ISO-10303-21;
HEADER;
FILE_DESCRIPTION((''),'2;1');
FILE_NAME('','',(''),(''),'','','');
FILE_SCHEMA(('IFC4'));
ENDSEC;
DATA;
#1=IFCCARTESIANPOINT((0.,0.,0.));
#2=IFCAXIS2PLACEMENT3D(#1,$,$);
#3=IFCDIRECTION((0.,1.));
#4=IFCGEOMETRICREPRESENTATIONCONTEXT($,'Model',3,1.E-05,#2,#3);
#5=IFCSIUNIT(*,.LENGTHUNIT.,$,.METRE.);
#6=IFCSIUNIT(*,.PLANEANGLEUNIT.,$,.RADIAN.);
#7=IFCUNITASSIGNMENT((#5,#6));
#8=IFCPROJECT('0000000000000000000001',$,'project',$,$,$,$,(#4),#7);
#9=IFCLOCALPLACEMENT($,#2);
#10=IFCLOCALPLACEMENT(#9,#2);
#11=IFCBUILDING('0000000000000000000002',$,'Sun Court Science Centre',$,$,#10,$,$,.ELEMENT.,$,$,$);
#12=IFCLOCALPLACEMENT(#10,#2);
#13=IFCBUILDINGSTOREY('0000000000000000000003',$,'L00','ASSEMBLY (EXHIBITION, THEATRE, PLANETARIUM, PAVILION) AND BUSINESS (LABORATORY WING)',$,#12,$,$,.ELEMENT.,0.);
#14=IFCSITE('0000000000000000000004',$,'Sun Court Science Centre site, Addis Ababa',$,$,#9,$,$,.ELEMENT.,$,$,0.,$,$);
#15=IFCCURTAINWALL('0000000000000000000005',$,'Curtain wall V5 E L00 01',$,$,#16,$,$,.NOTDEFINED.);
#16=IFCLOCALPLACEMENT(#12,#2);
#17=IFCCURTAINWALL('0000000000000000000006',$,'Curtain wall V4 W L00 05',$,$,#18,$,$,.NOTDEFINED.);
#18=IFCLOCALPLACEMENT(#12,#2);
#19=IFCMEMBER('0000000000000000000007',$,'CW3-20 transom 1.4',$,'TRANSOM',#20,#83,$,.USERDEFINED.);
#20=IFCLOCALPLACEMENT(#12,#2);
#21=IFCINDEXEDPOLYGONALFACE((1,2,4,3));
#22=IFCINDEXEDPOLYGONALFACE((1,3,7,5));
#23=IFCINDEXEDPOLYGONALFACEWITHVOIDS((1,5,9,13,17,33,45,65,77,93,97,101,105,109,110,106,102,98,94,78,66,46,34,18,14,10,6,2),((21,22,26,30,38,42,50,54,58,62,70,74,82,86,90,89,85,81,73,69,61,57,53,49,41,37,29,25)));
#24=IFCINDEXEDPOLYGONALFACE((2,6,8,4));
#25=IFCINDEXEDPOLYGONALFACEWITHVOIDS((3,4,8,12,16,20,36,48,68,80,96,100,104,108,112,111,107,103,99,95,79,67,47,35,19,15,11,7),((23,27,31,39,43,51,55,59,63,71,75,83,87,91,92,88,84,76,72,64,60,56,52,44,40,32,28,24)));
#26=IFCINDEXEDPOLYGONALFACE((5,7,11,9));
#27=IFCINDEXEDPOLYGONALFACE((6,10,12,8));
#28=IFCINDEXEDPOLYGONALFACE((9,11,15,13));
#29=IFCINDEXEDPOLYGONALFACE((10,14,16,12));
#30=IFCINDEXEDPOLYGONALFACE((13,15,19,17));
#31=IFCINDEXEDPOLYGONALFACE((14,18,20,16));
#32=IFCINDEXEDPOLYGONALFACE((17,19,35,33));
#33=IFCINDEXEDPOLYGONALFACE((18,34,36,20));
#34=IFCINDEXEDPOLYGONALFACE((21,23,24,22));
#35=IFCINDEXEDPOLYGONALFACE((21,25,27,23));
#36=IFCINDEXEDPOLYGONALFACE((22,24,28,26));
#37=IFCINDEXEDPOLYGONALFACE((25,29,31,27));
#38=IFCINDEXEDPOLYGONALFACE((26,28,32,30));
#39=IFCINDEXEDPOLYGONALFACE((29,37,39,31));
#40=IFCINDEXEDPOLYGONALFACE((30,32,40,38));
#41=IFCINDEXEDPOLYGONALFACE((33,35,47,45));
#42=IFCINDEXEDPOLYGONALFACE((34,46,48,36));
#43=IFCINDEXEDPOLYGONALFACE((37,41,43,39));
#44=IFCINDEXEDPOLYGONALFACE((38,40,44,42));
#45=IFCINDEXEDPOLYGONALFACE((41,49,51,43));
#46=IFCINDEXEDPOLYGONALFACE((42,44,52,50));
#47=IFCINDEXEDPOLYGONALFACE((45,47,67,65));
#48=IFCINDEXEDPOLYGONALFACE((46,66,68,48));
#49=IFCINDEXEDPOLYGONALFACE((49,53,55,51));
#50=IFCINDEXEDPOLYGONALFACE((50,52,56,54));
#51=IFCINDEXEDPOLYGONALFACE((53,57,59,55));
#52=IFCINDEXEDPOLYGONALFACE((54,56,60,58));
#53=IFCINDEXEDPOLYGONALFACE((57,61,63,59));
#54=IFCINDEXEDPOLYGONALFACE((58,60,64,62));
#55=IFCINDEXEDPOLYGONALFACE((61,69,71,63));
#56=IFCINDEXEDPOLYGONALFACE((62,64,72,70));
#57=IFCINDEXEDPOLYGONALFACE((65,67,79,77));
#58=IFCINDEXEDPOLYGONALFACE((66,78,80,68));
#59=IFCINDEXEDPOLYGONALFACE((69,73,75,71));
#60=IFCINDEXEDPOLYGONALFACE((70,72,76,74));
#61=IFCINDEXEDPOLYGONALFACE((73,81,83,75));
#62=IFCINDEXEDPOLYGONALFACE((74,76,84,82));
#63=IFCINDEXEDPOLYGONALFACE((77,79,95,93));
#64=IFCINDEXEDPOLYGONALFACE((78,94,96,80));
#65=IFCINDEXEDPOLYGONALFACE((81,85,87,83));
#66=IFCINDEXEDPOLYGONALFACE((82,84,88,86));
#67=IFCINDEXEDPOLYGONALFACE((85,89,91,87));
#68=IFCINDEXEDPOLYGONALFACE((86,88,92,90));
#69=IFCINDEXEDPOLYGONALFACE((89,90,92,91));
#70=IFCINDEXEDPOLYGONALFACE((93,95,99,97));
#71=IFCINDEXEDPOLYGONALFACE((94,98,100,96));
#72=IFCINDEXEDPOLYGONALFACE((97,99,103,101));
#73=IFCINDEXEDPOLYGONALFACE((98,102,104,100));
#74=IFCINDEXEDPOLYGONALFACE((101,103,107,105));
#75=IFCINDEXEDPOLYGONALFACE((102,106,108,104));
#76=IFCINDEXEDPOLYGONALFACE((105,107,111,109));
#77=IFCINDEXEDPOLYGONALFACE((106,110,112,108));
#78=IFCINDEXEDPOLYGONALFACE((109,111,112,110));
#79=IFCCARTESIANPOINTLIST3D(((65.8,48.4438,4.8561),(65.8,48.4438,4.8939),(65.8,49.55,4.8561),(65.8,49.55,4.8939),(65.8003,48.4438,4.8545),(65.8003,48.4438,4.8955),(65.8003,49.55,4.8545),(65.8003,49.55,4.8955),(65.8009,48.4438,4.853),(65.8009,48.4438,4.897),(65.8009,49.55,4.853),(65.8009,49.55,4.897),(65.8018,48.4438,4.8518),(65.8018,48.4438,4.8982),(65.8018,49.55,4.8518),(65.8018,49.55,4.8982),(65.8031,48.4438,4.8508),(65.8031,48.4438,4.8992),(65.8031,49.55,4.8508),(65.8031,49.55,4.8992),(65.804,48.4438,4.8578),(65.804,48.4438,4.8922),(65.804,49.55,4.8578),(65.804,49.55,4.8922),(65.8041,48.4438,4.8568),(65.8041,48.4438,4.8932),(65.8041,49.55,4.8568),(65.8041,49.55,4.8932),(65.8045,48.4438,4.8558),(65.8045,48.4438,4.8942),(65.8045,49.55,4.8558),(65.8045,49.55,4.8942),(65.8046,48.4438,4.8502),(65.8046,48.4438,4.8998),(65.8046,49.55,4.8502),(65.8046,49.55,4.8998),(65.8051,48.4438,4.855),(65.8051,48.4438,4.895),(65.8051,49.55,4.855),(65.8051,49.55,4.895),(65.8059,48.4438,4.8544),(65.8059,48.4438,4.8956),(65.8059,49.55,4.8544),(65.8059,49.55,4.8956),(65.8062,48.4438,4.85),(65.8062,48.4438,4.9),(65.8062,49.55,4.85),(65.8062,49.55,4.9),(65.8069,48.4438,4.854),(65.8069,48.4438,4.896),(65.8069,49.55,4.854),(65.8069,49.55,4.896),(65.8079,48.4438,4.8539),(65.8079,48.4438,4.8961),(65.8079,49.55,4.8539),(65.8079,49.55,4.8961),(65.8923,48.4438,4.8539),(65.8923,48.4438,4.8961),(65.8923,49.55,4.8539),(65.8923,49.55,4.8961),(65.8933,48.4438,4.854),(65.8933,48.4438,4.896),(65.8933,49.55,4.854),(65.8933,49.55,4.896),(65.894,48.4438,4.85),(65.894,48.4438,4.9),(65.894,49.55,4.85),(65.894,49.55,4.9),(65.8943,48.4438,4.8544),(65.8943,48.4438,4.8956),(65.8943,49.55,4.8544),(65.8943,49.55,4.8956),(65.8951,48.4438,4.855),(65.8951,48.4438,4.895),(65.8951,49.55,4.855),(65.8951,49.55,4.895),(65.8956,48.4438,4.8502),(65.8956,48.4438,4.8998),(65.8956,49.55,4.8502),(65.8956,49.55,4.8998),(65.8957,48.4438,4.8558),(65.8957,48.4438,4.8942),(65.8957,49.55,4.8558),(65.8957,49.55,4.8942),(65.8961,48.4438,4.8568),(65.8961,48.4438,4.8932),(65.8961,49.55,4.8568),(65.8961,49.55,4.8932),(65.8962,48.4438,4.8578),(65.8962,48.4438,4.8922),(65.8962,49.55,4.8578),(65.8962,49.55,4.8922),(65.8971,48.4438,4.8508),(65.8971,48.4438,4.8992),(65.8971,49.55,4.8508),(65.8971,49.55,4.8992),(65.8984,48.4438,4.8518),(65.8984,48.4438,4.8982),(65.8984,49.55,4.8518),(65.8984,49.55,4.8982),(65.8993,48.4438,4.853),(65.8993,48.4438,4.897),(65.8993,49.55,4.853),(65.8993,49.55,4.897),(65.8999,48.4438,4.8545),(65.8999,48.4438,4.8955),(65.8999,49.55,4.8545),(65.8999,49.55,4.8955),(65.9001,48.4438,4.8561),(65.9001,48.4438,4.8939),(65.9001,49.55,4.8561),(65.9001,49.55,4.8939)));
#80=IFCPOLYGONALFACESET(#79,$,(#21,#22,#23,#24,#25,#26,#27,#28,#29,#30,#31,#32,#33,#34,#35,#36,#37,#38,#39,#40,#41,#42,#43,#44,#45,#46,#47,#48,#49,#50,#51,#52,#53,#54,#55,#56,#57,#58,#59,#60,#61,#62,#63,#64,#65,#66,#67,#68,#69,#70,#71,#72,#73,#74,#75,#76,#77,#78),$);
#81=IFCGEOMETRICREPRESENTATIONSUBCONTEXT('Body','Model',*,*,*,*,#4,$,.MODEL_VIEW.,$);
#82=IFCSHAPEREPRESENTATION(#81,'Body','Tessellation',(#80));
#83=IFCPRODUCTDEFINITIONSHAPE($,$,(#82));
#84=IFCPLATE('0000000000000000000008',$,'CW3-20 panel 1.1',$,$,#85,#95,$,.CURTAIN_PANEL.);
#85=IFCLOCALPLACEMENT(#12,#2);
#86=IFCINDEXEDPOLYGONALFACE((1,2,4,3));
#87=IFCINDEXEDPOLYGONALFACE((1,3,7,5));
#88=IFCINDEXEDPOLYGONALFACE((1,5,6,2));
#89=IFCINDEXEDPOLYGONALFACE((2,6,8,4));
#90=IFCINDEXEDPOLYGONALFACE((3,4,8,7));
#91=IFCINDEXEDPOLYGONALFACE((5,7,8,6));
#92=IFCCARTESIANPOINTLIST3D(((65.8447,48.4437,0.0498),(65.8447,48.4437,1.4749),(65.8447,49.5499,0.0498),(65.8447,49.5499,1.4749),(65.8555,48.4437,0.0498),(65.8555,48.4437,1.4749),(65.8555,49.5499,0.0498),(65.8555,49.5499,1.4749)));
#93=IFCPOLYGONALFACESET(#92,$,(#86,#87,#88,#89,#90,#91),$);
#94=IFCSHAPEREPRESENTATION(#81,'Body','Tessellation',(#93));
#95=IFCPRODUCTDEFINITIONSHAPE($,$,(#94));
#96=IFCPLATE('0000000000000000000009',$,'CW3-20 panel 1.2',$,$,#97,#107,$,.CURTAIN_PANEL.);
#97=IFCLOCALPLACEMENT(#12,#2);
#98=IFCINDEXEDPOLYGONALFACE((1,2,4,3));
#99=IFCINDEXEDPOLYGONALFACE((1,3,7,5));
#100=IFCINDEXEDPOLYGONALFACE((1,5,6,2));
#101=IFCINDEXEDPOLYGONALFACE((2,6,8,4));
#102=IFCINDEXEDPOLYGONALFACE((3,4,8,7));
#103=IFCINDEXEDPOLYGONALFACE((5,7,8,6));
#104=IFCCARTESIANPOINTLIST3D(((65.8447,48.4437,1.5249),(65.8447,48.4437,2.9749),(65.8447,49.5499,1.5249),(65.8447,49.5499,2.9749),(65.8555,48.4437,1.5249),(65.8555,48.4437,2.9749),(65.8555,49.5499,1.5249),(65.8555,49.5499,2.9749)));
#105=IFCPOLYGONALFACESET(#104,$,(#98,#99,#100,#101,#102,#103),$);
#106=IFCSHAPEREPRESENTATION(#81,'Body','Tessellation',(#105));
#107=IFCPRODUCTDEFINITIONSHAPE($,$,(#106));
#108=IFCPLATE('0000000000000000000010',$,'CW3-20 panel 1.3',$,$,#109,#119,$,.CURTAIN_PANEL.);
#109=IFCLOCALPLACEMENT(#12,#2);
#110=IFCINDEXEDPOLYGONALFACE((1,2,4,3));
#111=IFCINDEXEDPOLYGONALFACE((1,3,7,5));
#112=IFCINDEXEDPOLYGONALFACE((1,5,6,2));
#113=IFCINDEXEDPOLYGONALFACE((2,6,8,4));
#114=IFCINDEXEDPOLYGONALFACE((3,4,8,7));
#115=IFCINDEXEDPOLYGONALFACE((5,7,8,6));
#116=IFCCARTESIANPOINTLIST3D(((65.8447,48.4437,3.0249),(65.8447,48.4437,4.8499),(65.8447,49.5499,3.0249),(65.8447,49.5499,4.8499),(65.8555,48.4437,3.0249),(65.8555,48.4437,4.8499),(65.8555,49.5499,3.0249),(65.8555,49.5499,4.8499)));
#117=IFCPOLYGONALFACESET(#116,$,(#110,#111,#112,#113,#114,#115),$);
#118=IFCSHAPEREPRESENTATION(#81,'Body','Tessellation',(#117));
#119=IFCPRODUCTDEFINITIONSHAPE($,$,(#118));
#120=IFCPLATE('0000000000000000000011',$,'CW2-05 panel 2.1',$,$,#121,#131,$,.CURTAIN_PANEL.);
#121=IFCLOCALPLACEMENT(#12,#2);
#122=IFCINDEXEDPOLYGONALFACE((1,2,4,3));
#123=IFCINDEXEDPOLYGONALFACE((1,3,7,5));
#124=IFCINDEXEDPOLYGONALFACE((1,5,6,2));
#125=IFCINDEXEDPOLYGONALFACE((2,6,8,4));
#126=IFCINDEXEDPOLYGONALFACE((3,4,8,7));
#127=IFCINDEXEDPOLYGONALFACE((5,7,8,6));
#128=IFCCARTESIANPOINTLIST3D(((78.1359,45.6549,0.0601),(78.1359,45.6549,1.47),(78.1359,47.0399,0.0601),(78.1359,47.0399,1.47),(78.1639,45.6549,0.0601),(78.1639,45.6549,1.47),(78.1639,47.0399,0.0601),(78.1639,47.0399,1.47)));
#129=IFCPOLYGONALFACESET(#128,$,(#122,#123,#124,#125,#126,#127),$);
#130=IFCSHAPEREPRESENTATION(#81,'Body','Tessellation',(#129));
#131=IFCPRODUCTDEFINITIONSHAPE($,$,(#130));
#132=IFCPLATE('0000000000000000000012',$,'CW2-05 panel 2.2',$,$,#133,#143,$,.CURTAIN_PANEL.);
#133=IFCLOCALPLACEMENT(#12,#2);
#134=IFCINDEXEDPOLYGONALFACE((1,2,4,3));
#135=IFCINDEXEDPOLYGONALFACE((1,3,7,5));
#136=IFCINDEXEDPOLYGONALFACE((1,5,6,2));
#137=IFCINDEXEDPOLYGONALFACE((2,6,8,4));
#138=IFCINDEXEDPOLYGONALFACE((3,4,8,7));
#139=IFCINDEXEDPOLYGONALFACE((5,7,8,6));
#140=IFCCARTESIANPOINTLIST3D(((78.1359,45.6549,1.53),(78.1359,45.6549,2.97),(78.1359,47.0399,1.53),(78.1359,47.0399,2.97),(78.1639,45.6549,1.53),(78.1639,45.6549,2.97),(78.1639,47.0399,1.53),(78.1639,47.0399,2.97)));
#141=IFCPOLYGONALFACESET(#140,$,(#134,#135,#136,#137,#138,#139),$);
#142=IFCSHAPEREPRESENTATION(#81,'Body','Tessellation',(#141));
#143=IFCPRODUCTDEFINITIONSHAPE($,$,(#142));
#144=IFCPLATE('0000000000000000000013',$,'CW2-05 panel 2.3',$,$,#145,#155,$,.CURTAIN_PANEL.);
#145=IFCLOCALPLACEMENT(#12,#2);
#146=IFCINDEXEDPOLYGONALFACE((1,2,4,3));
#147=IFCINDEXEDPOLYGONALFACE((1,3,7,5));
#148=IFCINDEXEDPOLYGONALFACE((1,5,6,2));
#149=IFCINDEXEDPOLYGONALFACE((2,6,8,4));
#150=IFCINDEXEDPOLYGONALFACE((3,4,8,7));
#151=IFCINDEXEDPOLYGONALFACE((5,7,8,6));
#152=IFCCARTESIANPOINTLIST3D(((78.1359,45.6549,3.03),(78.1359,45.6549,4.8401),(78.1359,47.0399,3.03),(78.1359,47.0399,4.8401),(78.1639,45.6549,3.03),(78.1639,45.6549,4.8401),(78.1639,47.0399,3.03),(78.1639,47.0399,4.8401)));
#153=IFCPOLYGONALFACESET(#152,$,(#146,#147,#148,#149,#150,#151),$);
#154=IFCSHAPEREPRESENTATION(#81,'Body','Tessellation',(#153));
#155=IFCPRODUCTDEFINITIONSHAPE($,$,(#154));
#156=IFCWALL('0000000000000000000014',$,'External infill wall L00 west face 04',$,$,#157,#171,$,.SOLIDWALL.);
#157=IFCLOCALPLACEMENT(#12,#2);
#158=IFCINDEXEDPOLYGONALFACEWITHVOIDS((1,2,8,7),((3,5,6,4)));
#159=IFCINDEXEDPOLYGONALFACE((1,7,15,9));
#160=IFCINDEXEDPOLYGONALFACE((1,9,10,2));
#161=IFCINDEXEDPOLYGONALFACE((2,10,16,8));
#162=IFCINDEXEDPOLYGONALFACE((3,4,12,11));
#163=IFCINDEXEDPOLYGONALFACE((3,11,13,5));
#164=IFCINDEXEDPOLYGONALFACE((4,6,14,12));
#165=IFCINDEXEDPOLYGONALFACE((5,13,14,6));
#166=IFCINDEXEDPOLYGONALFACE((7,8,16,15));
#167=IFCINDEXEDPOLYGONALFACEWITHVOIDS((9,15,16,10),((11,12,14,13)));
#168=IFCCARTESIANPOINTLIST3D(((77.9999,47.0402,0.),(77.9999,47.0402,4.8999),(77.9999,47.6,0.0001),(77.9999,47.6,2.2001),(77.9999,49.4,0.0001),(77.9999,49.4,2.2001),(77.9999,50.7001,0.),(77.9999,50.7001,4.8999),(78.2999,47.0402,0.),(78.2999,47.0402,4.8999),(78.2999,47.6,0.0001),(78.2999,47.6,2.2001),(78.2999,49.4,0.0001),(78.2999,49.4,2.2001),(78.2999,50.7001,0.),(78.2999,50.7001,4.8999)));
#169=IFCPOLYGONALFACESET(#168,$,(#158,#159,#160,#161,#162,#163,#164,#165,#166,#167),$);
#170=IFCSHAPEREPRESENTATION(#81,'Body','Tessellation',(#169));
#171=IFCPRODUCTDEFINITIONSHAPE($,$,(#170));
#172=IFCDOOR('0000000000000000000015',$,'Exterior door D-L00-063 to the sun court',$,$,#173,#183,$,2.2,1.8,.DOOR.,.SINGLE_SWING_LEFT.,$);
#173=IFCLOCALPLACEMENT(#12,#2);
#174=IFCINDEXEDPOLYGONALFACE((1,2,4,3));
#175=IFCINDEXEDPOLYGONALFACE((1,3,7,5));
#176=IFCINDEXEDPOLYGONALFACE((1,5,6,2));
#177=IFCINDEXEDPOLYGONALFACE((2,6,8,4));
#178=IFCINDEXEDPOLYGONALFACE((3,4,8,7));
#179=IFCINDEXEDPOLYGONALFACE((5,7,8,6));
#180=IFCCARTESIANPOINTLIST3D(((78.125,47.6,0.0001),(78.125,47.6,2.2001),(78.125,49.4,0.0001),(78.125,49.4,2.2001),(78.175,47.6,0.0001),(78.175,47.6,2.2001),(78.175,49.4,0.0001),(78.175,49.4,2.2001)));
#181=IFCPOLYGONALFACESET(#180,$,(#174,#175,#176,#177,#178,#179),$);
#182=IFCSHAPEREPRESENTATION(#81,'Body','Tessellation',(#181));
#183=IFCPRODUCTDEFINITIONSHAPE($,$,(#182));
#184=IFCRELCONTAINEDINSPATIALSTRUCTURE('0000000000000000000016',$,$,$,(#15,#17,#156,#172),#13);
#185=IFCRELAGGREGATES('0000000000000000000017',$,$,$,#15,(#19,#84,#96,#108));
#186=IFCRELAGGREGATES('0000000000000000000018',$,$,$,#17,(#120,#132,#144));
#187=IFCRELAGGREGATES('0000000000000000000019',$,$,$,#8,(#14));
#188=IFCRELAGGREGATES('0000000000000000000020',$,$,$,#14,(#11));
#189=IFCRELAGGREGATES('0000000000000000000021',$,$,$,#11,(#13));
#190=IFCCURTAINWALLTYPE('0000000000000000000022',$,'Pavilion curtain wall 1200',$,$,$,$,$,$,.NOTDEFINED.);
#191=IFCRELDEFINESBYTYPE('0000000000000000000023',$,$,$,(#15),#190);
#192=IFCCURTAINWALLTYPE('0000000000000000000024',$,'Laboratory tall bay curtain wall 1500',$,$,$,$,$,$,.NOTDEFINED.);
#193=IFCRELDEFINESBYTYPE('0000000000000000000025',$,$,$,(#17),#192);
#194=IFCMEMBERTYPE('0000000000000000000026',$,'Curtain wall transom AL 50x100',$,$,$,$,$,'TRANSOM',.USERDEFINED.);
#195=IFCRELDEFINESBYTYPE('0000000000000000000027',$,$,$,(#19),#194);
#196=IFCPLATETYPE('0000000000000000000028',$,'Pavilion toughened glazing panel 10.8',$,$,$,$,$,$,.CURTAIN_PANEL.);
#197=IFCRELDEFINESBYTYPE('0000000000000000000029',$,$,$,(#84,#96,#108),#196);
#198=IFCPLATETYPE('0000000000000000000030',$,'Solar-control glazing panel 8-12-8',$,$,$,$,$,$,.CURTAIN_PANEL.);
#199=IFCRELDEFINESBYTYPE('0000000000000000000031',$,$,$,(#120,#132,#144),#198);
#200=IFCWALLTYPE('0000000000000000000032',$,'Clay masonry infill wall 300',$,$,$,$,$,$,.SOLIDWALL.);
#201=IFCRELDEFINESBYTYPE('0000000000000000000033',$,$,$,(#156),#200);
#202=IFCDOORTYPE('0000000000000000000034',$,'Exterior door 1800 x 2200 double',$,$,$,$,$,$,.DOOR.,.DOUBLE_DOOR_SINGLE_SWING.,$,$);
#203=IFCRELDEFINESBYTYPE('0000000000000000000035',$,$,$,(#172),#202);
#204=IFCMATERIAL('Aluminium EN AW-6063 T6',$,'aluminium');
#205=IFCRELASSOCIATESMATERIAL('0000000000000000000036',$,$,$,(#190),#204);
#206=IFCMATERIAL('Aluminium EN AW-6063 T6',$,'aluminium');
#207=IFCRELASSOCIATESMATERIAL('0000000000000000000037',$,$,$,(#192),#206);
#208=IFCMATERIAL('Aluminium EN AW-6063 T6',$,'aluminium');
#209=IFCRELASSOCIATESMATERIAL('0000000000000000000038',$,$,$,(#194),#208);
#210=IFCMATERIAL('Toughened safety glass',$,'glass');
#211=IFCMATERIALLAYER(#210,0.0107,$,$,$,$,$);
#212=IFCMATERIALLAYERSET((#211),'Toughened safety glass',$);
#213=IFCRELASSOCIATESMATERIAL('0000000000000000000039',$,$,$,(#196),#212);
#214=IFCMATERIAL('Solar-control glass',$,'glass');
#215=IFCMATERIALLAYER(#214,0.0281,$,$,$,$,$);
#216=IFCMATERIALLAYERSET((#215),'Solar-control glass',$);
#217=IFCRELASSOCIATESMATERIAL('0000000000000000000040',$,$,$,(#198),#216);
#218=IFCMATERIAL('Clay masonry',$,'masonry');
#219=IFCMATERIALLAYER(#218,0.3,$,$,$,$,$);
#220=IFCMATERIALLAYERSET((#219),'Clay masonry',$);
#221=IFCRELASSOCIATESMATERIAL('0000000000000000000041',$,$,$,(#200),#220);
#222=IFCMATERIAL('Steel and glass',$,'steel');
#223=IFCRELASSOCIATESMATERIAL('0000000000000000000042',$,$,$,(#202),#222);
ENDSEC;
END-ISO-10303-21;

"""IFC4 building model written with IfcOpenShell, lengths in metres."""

from ifc_helpers import new_model, si_unit, direction, frame, frame_2d, origin, origin_2d, place, context, subcontext, project, spatial, rectangle, hollow_rectangle, extrude, material, layer, layer_set, material_profile, profile_set, type_object, element, fill, aggregate, save


model = new_model("IFC4")

# Units and contexts
model_context = context("Model", 3, precision=1e-05, world=origin(), true_north=direction((0.0, 1.0)))
body_context = subcontext(model_context, "Body", "Model", "MODEL_VIEW")
ifc_project = project(units=[si_unit("LENGTHUNIT", "METRE"), si_unit("PLANEANGLEUNIT", "RADIAN")], contexts=[model_context])

# Site, building, storey
site_placement = place(None, origin())
site = spatial("IfcSite", under=ifc_project, at=site_placement, Name="Sun Court Science Centre site, Addis Ababa", CompositionType="ELEMENT", RefElevation=0.0)
building_placement = place(site_placement, origin())
building = spatial("IfcBuilding", under=site, at=building_placement, Name="Sun Court Science Centre", CompositionType="ELEMENT")
storey_placement = place(building_placement, origin())
storey = spatial("IfcBuildingStorey", under=building, at=storey_placement, Name="L00", Description="ASSEMBLY (EXHIBITION, THEATRE, PLANETARIUM, PAVILION) AND BUSINESS (LABORATORY WING)", CompositionType="ELEMENT", Elevation=0.0)

# Curtain wall
ifc_material_1 = material(Name="Aluminium EN AW-6063 T6", Category="aluminium")
curtain_wall_type_1 = type_object("IfcCurtainWallType", Name="Pavilion curtain wall 1200", PredefinedType="NOTDEFINED", material=ifc_material_1)
curtain_wall_1_placement = place(storey_placement, origin())
curtain_wall_1 = element("IfcCurtainWall", 1, at=curtain_wall_1_placement, inside=storey, type_object=curtain_wall_type_1, Name="Curtain wall V5 E L00 01", PredefinedType="NOTDEFINED")

# Curtain wall
ifc_material_2 = material(Name="Aluminium EN AW-6063 T6", Category="aluminium")
curtain_wall_type_2 = type_object("IfcCurtainWallType", Name="Laboratory tall bay curtain wall 1500", PredefinedType="NOTDEFINED", material=ifc_material_2)
curtain_wall_2_placement = place(storey_placement, origin())
curtain_wall_2 = element("IfcCurtainWall", 2, at=curtain_wall_2_placement, inside=storey, type_object=curtain_wall_type_2, Name="Curtain wall V4 W L00 05", PredefinedType="NOTDEFINED")

# Member
ifc_material_3 = material(Name="Aluminium EN AW-6063 T6", Category="aluminium")
ifc_material_profile_1 = material_profile(ifc_material_3, hollow_rectangle(XDim=0.05, YDim=0.1001, WallThickness=0.0039, InnerFilletRadius=0.0039, OuterFilletRadius=0.0061, at=origin_2d()), Name="AL 50x100x4")
ifc_profile_set_1 = profile_set([ifc_material_profile_1], Name="Aluminium EN AW-6063 T6")
member_type_1 = type_object("IfcMemberType", Name="Curtain wall transom AL 50x100", ElementType="TRANSOM", PredefinedType="USERDEFINED", material=ifc_profile_set_1)
member_1_placement = place(storey_placement, frame((65.8501, 49.55, 4.875), z_axis=(0.0, -1.0, 0.0), x_axis=(0.0, 0.0, 1.0)))
member_1 = element("IfcMember", 3, at=member_1_placement, type_object=member_type_1, Name="CW3-20 transom 1.4", ObjectType="TRANSOM", PredefinedType="USERDEFINED", context=body_context, shape_type="SweptSolid", body=[
    extrude(hollow_rectangle(XDim=0.05, YDim=0.1001, WallThickness=0.0039, InnerFilletRadius=0.0039, OuterFilletRadius=0.0061, at=origin_2d()), origin(), (0.0, 0.0, 1.0), 1.1062),
])

# Plates
ifc_material_4 = material(Name="Toughened safety glass", Category="glass")
ifc_layer_1 = layer(ifc_material_4, 0.0107)
ifc_layer_set_1 = layer_set([ifc_layer_1], Name="Toughened safety glass")
plate_type_1 = type_object("IfcPlateType", Name="Pavilion toughened glazing panel 10.8", PredefinedType="CURTAIN_PANEL", material=ifc_layer_set_1)
plate_1_placement = place(storey_placement, frame((65.8501, 48.9968, 0.0498), z_axis=(0.0, 0.0, 1.0), x_axis=(0.0, -1.0, 0.0)))
plate_1 = element("IfcPlate", 4, at=plate_1_placement, type_object=plate_type_1, Name="CW3-20 panel 1.1", PredefinedType="CURTAIN_PANEL", context=body_context, shape_type="SweptSolid", body=[
    extrude(rectangle(XDim=1.1062, YDim=0.0107, at=origin_2d()), origin(), (0.0, 0.0, 1.0), 1.425),
])
plate_2_placement = place(storey_placement, frame((65.8501, 48.9968, 1.5249), z_axis=(0.0, 0.0, 1.0), x_axis=(0.0, -1.0, 0.0)))
plate_2 = element("IfcPlate", 5, at=plate_2_placement, type_object=plate_type_1, Name="CW3-20 panel 1.2", PredefinedType="CURTAIN_PANEL", context=body_context, shape_type="SweptSolid", body=[
    extrude(rectangle(XDim=1.1062, YDim=0.0107, at=origin_2d()), origin(), (0.0, 0.0, 1.0), 1.45),
])
plate_3_placement = place(storey_placement, frame((65.8501, 48.9968, 3.0249), z_axis=(0.0, 0.0, 1.0), x_axis=(0.0, -1.0, 0.0)))
plate_3 = element("IfcPlate", 6, at=plate_3_placement, type_object=plate_type_1, Name="CW3-20 panel 1.3", PredefinedType="CURTAIN_PANEL", context=body_context, shape_type="SweptSolid", body=[
    extrude(rectangle(XDim=1.1062, YDim=0.0107, at=origin_2d()), origin(), (0.0, 0.0, 1.0), 1.825),
])
aggregate(curtain_wall_1, [member_1, plate_1, plate_2, plate_3])
ifc_material_5 = material(Name="Solar-control glass", Category="glass")
ifc_layer_2 = layer(ifc_material_5, 0.0281)
ifc_layer_set_2 = layer_set([ifc_layer_2], Name="Solar-control glass")
plate_type_2 = type_object("IfcPlateType", Name="Solar-control glazing panel 8-12-8", PredefinedType="CURTAIN_PANEL", material=ifc_layer_set_2)
plate_4_placement = place(storey_placement, frame((78.1499, 46.3474, 0.0601), z_axis=(0.0, 0.0, 1.0), x_axis=(0.0, 1.0, 0.0)))
plate_4 = element("IfcPlate", 7, at=plate_4_placement, type_object=plate_type_2, Name="CW2-05 panel 2.1", PredefinedType="CURTAIN_PANEL", context=body_context, shape_type="SweptSolid", body=[
    extrude(rectangle(XDim=1.385, YDim=0.0281, at=origin_2d()), origin(), (0.0, 0.0, 1.0), 1.4099),
])
plate_5_placement = place(storey_placement, frame((78.1499, 46.3474, 1.53), z_axis=(0.0, 0.0, 1.0), x_axis=(0.0, 1.0, 0.0)))
plate_5 = element("IfcPlate", 8, at=plate_5_placement, type_object=plate_type_2, Name="CW2-05 panel 2.2", PredefinedType="CURTAIN_PANEL", context=body_context, shape_type="SweptSolid", body=[
    extrude(rectangle(XDim=1.385, YDim=0.0281, at=origin_2d()), origin(), (0.0, 0.0, 1.0), 1.4399),
])
plate_6_placement = place(storey_placement, frame((78.1499, 46.3474, 3.03), z_axis=(0.0, 0.0, 1.0), x_axis=(0.0, 1.0, 0.0)))
plate_6 = element("IfcPlate", 9, at=plate_6_placement, type_object=plate_type_2, Name="CW2-05 panel 2.3", PredefinedType="CURTAIN_PANEL", context=body_context, shape_type="SweptSolid", body=[
    extrude(rectangle(XDim=1.385, YDim=0.0281, at=origin_2d()), origin(), (0.0, 0.0, 1.0), 1.8101),
])
aggregate(curtain_wall_2, [plate_4, plate_5, plate_6])

# Wall, opening, door
ifc_material_6 = material(Name="Clay masonry", Category="masonry")
ifc_layer_3 = layer(ifc_material_6, 0.3)
ifc_layer_set_3 = layer_set([ifc_layer_3], Name="Clay masonry")
wall_type_1 = type_object("IfcWallType", Name="Clay masonry infill wall 300", PredefinedType="SOLIDWALL", material=ifc_layer_set_3)
wall_1_placement = place(storey_placement, frame((78.1499, 47.04, 0.0), z_axis=(0.0, 0.0, 1.0), x_axis=(0.0, 1.0, 0.0)))
wall_1 = element("IfcWall", 10, at=wall_1_placement, inside=storey, type_object=wall_type_1, Name="External infill wall L00 west face 04", PredefinedType="SOLIDWALL", context=body_context, shape_type="SweptSolid", body=[
    extrude(rectangle(XDim=3.6599, YDim=0.3, at=frame_2d((1.8301, 0.0))), origin(), (0.0, 0.0, 1.0), 4.8999),
])
opening_placement = place(wall_1_placement, frame((0.5601, 0.0, 0.0)))
opening = element("IfcOpeningElement", 11, at=opening_placement, cuts=wall_1, PredefinedType="OPENING", context=body_context, shape_type="SweptSolid", body=[
    extrude(rectangle(XDim=1.8, YDim=2.2, at=frame_2d((0.8999, 1.1001))), frame((0.0, 0.1599, 0.0), z_axis=(0.0, -1.0, 0.0), x_axis=(1.0, 0.0, 0.0)), (0.0, 0.0, 1.0), 0.3201),
])
ifc_material_7 = material(Name="Steel and glass", Category="steel")
door_type = type_object("IfcDoorType", Name="Exterior door 1800 x 2200 double", OperationType="DOUBLE_DOOR_SINGLE_SWING", PredefinedType="DOOR", material=ifc_material_7)
door_placement = place(opening_placement, origin())
door = element("IfcDoor", 12, at=door_placement, inside=storey, type_object=door_type, Name="Exterior door D-L00-063 to the sun court", OperationType="SINGLE_SWING_LEFT", OverallHeight=2.2, OverallWidth=1.8, PredefinedType="DOOR", context=body_context, shape_type="SweptSolid", body=[
    extrude(rectangle(XDim=1.8, YDim=2.2, at=frame_2d((0.8999, 1.1001))), frame((0.0, 0.0249, 0.0), z_axis=(0.0, -1.0, 0.0), x_axis=(1.0, 0.0, 0.0)), (0.0, 0.0, 1.0), 0.05),
])
fill(opening, door)

save(model, "model.ifc")
